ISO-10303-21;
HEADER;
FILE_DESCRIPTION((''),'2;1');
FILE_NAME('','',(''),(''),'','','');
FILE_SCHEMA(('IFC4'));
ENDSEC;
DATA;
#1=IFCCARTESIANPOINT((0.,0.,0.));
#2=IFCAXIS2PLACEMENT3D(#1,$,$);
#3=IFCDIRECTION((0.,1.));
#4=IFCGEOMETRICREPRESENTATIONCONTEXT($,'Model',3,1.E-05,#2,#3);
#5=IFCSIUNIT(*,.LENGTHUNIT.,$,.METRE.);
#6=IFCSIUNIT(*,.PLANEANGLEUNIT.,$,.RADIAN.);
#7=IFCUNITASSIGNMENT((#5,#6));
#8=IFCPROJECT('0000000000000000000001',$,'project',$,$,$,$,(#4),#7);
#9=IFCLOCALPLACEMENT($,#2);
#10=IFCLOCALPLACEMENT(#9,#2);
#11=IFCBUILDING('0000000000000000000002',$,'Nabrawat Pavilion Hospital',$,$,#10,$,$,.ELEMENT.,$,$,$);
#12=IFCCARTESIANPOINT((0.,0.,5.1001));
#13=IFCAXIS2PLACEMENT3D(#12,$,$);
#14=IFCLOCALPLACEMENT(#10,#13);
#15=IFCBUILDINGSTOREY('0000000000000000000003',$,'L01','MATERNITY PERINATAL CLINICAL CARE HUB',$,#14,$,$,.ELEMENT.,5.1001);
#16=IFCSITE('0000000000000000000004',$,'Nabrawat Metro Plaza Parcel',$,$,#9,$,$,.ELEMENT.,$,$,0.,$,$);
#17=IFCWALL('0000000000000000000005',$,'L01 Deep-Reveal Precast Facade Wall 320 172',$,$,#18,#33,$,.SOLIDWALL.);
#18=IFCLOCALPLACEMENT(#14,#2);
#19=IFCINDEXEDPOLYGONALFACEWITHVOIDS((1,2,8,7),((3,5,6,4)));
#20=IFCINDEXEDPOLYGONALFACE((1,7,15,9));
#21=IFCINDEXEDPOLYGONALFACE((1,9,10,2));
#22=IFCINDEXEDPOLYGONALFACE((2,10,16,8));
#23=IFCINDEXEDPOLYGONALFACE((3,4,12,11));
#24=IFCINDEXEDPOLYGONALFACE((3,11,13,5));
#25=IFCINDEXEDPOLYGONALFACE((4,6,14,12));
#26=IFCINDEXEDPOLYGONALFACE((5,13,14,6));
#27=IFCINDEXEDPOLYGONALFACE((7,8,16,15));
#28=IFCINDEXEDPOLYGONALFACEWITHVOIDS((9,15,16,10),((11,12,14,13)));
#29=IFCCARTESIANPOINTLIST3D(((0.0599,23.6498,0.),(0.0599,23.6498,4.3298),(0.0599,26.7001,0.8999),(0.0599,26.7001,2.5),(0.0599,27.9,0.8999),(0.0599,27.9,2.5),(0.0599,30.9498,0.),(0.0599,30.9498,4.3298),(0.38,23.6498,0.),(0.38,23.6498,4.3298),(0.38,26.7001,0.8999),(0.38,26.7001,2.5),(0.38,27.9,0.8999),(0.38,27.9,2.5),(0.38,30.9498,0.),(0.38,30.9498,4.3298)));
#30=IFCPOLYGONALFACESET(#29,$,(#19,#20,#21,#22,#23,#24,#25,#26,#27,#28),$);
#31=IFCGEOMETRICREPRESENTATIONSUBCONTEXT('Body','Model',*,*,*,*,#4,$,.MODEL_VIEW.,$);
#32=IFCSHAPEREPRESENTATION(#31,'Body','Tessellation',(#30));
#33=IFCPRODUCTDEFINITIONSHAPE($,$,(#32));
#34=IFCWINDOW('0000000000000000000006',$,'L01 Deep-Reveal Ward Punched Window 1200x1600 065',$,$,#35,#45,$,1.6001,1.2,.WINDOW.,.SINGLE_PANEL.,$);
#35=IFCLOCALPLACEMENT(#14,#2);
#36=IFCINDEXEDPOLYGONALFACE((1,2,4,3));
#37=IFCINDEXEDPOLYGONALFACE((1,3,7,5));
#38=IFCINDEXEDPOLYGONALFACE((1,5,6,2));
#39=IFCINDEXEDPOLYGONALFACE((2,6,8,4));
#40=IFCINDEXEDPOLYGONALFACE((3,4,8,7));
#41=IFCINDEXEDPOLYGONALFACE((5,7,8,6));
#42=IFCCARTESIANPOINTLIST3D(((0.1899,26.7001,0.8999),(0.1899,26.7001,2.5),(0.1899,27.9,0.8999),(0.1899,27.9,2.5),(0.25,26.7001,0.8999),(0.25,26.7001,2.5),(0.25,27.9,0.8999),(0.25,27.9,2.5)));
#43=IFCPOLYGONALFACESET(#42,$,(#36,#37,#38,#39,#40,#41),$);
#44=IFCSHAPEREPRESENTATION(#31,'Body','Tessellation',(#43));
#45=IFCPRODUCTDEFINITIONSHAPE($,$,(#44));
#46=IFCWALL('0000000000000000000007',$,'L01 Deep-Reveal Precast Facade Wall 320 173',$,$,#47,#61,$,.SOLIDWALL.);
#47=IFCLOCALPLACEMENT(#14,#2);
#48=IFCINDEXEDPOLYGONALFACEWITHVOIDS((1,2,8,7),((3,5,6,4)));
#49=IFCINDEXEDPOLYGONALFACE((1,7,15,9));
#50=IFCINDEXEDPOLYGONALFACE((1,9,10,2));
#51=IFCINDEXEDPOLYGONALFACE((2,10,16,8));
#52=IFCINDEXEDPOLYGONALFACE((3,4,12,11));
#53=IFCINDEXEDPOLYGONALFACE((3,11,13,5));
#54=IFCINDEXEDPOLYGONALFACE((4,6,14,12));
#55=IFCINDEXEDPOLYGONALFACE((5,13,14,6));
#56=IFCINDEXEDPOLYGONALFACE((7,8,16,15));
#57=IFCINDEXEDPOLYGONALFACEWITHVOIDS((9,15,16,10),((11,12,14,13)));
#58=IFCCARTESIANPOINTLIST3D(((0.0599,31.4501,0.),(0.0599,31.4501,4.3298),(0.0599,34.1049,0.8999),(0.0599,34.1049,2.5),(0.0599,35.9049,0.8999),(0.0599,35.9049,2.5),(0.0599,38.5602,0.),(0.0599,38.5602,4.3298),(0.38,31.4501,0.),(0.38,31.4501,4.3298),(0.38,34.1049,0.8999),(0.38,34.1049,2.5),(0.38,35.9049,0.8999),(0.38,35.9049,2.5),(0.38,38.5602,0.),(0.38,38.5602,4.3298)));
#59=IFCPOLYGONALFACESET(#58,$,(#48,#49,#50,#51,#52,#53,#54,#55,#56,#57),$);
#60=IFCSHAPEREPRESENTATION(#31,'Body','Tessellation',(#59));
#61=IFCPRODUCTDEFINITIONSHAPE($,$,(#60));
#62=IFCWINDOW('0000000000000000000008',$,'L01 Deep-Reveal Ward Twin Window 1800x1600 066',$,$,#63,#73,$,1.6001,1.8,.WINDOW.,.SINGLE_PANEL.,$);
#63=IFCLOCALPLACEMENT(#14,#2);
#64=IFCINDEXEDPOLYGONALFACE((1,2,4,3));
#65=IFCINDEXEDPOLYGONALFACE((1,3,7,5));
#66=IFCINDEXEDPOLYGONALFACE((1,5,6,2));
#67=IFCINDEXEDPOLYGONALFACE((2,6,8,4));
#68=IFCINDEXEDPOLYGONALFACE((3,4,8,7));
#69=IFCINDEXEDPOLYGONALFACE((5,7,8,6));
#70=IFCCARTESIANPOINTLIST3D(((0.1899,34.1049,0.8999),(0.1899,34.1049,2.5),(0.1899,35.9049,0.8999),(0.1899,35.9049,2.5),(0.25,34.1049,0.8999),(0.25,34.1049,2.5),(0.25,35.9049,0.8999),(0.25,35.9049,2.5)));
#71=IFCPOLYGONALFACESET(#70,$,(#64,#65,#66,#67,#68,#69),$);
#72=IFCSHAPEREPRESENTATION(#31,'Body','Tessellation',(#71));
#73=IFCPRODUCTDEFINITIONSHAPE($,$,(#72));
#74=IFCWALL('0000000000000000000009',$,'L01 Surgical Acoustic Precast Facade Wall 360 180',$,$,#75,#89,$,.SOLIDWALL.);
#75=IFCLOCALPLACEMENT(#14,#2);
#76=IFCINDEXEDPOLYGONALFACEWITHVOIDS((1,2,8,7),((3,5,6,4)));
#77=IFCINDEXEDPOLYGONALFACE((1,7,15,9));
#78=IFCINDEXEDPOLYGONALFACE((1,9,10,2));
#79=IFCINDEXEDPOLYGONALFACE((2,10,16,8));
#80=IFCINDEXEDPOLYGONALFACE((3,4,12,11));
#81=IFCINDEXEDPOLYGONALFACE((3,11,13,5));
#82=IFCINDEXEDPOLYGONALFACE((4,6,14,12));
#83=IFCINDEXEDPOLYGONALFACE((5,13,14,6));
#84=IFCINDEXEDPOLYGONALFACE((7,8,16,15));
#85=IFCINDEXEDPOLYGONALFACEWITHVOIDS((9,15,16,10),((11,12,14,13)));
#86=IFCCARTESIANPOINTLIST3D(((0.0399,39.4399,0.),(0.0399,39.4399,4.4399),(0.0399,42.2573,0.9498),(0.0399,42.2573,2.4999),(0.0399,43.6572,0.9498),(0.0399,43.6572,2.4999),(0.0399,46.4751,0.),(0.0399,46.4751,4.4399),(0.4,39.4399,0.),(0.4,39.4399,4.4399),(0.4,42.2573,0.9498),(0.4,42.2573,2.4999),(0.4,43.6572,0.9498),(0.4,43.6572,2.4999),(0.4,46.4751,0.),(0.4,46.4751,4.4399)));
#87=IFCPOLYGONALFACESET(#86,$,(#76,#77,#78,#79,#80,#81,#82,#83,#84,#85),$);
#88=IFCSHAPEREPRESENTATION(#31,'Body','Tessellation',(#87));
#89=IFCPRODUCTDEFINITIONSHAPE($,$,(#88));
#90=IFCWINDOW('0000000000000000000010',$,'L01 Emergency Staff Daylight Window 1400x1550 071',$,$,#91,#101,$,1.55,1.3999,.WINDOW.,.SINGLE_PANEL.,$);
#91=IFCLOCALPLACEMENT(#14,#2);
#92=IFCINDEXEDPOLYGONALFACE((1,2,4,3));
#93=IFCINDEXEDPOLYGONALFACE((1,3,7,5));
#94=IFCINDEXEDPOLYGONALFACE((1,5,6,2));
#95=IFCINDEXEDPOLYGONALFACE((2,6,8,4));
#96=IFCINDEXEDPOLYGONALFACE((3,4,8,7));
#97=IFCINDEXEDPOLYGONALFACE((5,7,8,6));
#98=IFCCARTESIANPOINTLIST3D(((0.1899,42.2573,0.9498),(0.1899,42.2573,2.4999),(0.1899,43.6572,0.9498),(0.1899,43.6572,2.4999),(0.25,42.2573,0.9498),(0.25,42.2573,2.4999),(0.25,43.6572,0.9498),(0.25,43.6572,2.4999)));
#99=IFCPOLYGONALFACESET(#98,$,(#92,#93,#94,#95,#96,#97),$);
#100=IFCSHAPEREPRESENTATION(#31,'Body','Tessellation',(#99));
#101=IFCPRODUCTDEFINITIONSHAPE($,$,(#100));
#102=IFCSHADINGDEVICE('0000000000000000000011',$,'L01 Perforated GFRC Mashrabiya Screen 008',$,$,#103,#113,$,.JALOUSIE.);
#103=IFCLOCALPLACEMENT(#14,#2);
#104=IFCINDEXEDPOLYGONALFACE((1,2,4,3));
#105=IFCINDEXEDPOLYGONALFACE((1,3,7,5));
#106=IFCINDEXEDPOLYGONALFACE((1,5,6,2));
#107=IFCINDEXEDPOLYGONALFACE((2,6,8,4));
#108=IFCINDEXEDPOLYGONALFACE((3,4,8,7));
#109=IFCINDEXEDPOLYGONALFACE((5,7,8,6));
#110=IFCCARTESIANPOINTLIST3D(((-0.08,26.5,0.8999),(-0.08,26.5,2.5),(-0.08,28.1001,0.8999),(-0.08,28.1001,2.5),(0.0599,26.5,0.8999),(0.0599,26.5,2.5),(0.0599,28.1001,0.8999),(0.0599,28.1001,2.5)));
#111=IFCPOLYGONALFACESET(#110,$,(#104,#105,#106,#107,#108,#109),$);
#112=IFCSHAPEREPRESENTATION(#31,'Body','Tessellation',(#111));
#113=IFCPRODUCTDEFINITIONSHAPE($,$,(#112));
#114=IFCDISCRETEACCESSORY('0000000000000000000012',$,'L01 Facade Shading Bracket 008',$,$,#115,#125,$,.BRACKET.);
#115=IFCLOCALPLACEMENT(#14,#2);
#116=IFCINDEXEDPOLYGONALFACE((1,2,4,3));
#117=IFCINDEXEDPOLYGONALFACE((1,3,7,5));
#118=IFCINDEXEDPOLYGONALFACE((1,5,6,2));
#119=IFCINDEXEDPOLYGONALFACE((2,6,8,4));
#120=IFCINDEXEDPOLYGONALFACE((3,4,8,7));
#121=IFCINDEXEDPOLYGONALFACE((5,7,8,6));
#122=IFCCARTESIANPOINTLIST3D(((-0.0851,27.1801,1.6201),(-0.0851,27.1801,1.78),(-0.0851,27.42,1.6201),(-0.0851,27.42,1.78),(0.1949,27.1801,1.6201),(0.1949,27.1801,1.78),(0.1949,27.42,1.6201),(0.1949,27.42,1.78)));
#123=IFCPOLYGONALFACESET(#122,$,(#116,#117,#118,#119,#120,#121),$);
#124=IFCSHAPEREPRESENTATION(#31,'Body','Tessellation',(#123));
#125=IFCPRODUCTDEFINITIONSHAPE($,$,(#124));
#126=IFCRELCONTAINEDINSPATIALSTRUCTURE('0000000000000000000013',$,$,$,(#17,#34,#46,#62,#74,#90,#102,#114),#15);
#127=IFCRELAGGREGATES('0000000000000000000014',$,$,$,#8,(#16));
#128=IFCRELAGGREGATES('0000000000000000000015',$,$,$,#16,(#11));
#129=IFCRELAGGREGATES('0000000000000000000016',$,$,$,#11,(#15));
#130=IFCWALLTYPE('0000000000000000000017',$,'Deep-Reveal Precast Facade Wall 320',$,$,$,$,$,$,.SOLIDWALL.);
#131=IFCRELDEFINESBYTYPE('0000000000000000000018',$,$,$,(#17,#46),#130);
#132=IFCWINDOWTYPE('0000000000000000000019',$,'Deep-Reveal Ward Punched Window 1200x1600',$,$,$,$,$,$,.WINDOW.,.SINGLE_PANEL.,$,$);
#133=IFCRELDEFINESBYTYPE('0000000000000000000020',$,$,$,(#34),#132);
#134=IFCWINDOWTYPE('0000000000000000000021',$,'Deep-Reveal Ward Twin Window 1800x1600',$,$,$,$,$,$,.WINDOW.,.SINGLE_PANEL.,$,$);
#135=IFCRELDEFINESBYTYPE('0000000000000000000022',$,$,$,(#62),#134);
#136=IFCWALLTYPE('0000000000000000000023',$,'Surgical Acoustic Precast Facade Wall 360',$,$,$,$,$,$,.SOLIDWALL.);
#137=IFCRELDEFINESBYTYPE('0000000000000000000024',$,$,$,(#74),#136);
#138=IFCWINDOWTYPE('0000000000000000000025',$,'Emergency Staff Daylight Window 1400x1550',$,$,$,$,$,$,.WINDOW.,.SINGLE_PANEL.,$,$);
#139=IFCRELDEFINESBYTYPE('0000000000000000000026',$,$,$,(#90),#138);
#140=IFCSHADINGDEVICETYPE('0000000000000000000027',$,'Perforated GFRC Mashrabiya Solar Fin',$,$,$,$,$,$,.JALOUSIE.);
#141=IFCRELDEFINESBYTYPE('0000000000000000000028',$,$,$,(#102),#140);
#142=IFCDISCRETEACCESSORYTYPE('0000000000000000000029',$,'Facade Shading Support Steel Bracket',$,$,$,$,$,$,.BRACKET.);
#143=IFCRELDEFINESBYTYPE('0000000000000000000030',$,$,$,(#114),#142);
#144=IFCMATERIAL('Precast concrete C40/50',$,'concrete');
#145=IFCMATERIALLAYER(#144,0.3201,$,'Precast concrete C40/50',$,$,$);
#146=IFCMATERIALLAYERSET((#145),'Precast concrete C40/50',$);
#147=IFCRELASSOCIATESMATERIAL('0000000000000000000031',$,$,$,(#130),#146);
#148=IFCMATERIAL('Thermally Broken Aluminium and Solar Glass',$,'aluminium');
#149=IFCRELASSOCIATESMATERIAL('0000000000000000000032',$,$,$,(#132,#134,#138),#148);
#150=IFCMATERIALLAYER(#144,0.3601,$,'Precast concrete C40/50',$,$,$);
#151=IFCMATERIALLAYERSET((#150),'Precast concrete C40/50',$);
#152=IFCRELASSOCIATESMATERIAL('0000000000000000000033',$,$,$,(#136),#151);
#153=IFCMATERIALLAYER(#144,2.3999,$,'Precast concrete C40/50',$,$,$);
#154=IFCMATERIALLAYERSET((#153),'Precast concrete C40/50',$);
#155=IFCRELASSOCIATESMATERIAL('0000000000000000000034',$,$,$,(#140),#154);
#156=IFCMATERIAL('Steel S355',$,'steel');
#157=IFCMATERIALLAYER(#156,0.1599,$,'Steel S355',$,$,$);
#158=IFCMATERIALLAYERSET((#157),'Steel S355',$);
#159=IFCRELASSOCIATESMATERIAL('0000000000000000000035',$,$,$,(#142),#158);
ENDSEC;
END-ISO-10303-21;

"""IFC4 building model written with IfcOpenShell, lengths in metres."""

from ifc_helpers import new_model, si_unit, direction, frame, frame_2d, origin, origin_2d, place, context, subcontext, project, spatial, rectangle, extrude, material, layer, layer_set, type_object, element, fill, save


model = new_model("IFC4")

# Units and contexts
model_context = context("Model", 3, precision=1e-05, world=origin(), true_north=direction((0.0, 1.0)))
body_context = subcontext(model_context, "Body", "Model", "MODEL_VIEW")
ifc_project = project(units=[si_unit("LENGTHUNIT", "METRE"), si_unit("PLANEANGLEUNIT", "RADIAN")], contexts=[model_context])

# Site, building, storey
site_placement = place(None, origin())
site = spatial("IfcSite", under=ifc_project, at=site_placement, Name="Nabrawat Metro Plaza Parcel", CompositionType="ELEMENT", RefElevation=0.0)
building_placement = place(site_placement, origin())
building = spatial("IfcBuilding", under=site, at=building_placement, Name="Nabrawat Pavilion Hospital", CompositionType="ELEMENT")
storey_placement = place(building_placement, frame((0.0, 0.0, 5.1001)))
storey = spatial("IfcBuildingStorey", under=building, at=storey_placement, Name="L01", Description="MATERNITY PERINATAL CLINICAL CARE HUB", CompositionType="ELEMENT", Elevation=5.1001)

# Shared definitions
ifc_material_1 = material(Name="Precast concrete C40/50", Category="concrete")
ifc_material_2 = material(Name="Steel S355", Category="steel")

# Walls, openings, windows
ifc_layer_1 = layer(ifc_material_1, 0.3201, Name="Precast concrete C40/50")
ifc_layer_set_1 = layer_set([ifc_layer_1], Name="Precast concrete C40/50")
wall_type_1 = type_object("IfcWallType", Name="Deep-Reveal Precast Facade Wall 320", PredefinedType="SOLIDWALL", material=ifc_layer_set_1)
wall_1_placement = place(storey_placement, frame((0.22, 23.6499, 0.0), z_axis=(0.0, 0.0, 1.0), x_axis=(0.0, 1.0, 0.0)))
wall_1 = element("IfcWall", 1, at=wall_1_placement, inside=storey, type_object=wall_type_1, Name="L01 Deep-Reveal Precast Facade Wall 320 172", PredefinedType="SOLIDWALL", context=body_context, shape_type="SweptSolid", body=[
    extrude(rectangle(XDim=7.3, YDim=0.3201, at=frame_2d((3.6499, 0.0))), origin(), (0.0, 0.0, 1.0), 4.3298),
])
opening_1_placement = place(wall_1_placement, frame((3.05, 0.0, 0.8999)))
opening_1 = element("IfcOpeningElement", 2, at=opening_1_placement, cuts=wall_1, PredefinedType="OPENING", context=body_context, shape_type="SweptSolid", body=[
    extrude(rectangle(XDim=1.2, YDim=1.6001, at=frame_2d((0.6001, 0.8))), frame((0.0, 0.1699, 0.0), z_axis=(0.0, -1.0, 0.0), x_axis=(1.0, 0.0, 0.0)), (0.0, 0.0, 1.0), 0.3401),
])
ifc_material_3 = material(Name="Thermally Broken Aluminium and Solar Glass", Category="aluminium")
window_type_1 = type_object("IfcWindowType", Name="Deep-Reveal Ward Punched Window 1200x1600", PartitioningType="SINGLE_PANEL", PredefinedType="WINDOW", material=ifc_material_3)
window_1_placement = place(opening_1_placement, origin())
window_1 = element("IfcWindow", 3, at=window_1_placement, inside=storey, type_object=window_type_1, Name="L01 Deep-Reveal Ward Punched Window 1200x1600 065", OverallHeight=1.6001, OverallWidth=1.2, PartitioningType="SINGLE_PANEL", PredefinedType="WINDOW", context=body_context, shape_type="SweptSolid", body=[
    extrude(rectangle(XDim=1.2, YDim=1.6001, at=frame_2d((0.6001, 0.8))), frame((0.0, 0.03, 0.0), z_axis=(0.0, -1.0, 0.0), x_axis=(1.0, 0.0, 0.0)), (0.0, 0.0, 1.0), 0.0601),
])
fill(opening_1, window_1)
wall_2_placement = place(storey_placement, frame((0.22, 31.45, 0.0), z_axis=(0.0, 0.0, 1.0), x_axis=(0.0, 1.0, 0.0)))
wall_2 = element("IfcWall", 4, at=wall_2_placement, inside=storey, type_object=wall_type_1, Name="L01 Deep-Reveal Precast Facade Wall 320 173", PredefinedType="SOLIDWALL", context=body_context, shape_type="SweptSolid", body=[
    extrude(rectangle(XDim=7.1101, YDim=0.3201, at=frame_2d((3.5552, 0.0))), origin(), (0.0, 0.0, 1.0), 4.3298),
])
opening_2_placement = place(wall_2_placement, frame((2.655, 0.0, 0.8999)))
opening_2 = element("IfcOpeningElement", 5, at=opening_2_placement, cuts=wall_2, PredefinedType="OPENING", context=body_context, shape_type="SweptSolid", body=[
    extrude(rectangle(XDim=1.8, YDim=1.6001, at=frame_2d((0.8999, 0.8))), frame((0.0, 0.1699, 0.0), z_axis=(0.0, -1.0, 0.0), x_axis=(1.0, 0.0, 0.0)), (0.0, 0.0, 1.0), 0.3401),
])
window_type_2 = type_object("IfcWindowType", Name="Deep-Reveal Ward Twin Window 1800x1600", PartitioningType="SINGLE_PANEL", PredefinedType="WINDOW", material=ifc_material_3)
window_2_placement = place(opening_2_placement, origin())
window_2 = element("IfcWindow", 6, at=window_2_placement, inside=storey, type_object=window_type_2, Name="L01 Deep-Reveal Ward Twin Window 1800x1600 066", OverallHeight=1.6001, OverallWidth=1.8, PartitioningType="SINGLE_PANEL", PredefinedType="WINDOW", context=body_context, shape_type="SweptSolid", body=[
    extrude(rectangle(XDim=1.8, YDim=1.6001, at=frame_2d((0.8999, 0.8))), frame((0.0, 0.03, 0.0), z_axis=(0.0, -1.0, 0.0), x_axis=(1.0, 0.0, 0.0)), (0.0, 0.0, 1.0), 0.0601),
])
fill(opening_2, window_2)
ifc_layer_2 = layer(ifc_material_1, 0.3601, Name="Precast concrete C40/50")
ifc_layer_set_2 = layer_set([ifc_layer_2], Name="Precast concrete C40/50")
wall_type_2 = type_object("IfcWallType", Name="Surgical Acoustic Precast Facade Wall 360", PredefinedType="SOLIDWALL", material=ifc_layer_set_2)
wall_3_placement = place(storey_placement, frame((0.22, 39.4399, 0.0), z_axis=(0.0, 0.0, 1.0), x_axis=(0.0, 1.0, 0.0)))
wall_3 = element("IfcWall", 7, at=wall_3_placement, inside=storey, type_object=wall_type_2, Name="L01 Surgical Acoustic Precast Facade Wall 360 180", PredefinedType="SOLIDWALL", context=body_context, shape_type="SweptSolid", body=[
    extrude(rectangle(XDim=7.0352, YDim=0.3601, at=frame_2d((3.5176, 0.0))), origin(), (0.0, 0.0, 1.0), 4.4399),
])
opening_3_placement = place(wall_3_placement, frame((2.8174, 0.0, 0.95)))
opening_3 = element("IfcOpeningElement", 8, at=opening_3_placement, cuts=wall_3, PredefinedType="OPENING", context=body_context, shape_type="SweptSolid", body=[
    extrude(rectangle(XDim=1.3999, YDim=1.55, at=frame_2d((0.7, 0.7749))), frame((0.0, 0.1899, 0.0), z_axis=(0.0, -1.0, 0.0), x_axis=(1.0, 0.0, 0.0)), (0.0, 0.0, 1.0), 0.3801),
])
window_type_3 = type_object("IfcWindowType", Name="Emergency Staff Daylight Window 1400x1550", PartitioningType="SINGLE_PANEL", PredefinedType="WINDOW", material=ifc_material_3)
window_3_placement = place(opening_3_placement, origin())
window_3 = element("IfcWindow", 9, at=window_3_placement, inside=storey, type_object=window_type_3, Name="L01 Emergency Staff Daylight Window 1400x1550 071", OverallHeight=1.55, OverallWidth=1.3999, PartitioningType="SINGLE_PANEL", PredefinedType="WINDOW", context=body_context, shape_type="SweptSolid", body=[
    extrude(rectangle(XDim=1.3999, YDim=1.55, at=frame_2d((0.7, 0.7749))), frame((0.0, 0.03, 0.0), z_axis=(0.0, -1.0, 0.0), x_axis=(1.0, 0.0, 0.0)), (0.0, 0.0, 1.0), 0.0601),
])
fill(opening_3, window_3)

# Shading device
ifc_layer_3 = layer(ifc_material_1, 2.3999, Name="Precast concrete C40/50")
ifc_layer_set_3 = layer_set([ifc_layer_3], Name="Precast concrete C40/50")
shading_device_type = type_object("IfcShadingDeviceType", Name="Perforated GFRC Mashrabiya Solar Fin", PredefinedType="JALOUSIE", material=ifc_layer_set_3)
shading_device_placement = place(storey_placement, frame((-0.01, 27.3, 0.8999), z_axis=(0.0, 0.0, 1.0), x_axis=(0.0, 1.0, 0.0)))
element("IfcShadingDevice", 10, at=shading_device_placement, inside=storey, type_object=shading_device_type, Name="L01 Perforated GFRC Mashrabiya Screen 008", PredefinedType="JALOUSIE", context=body_context, shape_type="SweptSolid", body=[
    extrude(rectangle(XDim=1.6001, YDim=0.1399, at=origin_2d()), origin(), (0.0, 0.0, 1.0), 1.6001),
])

# Discrete accessory
ifc_layer_4 = layer(ifc_material_2, 0.1599, Name="Steel S355")
ifc_layer_set_4 = layer_set([ifc_layer_4], Name="Steel S355")
discrete_accessory_type = type_object("IfcDiscreteAccessoryType", Name="Facade Shading Support Steel Bracket", PredefinedType="BRACKET", material=ifc_layer_set_4)
discrete_accessory_placement = place(storey_placement, frame((0.0549, 27.3, 1.6201), z_axis=(0.0, 0.0, 1.0), x_axis=(0.0, 1.0, 0.0)))
element("IfcDiscreteAccessory", 11, at=discrete_accessory_placement, inside=storey, type_object=discrete_accessory_type, Name="L01 Facade Shading Bracket 008", PredefinedType="BRACKET", context=body_context, shape_type="SweptSolid", body=[
    extrude(rectangle(XDim=0.24, YDim=0.28, at=origin_2d()), origin(), (0.0, 0.0, 1.0), 0.1599),
])

save(model, "model.ifc")
